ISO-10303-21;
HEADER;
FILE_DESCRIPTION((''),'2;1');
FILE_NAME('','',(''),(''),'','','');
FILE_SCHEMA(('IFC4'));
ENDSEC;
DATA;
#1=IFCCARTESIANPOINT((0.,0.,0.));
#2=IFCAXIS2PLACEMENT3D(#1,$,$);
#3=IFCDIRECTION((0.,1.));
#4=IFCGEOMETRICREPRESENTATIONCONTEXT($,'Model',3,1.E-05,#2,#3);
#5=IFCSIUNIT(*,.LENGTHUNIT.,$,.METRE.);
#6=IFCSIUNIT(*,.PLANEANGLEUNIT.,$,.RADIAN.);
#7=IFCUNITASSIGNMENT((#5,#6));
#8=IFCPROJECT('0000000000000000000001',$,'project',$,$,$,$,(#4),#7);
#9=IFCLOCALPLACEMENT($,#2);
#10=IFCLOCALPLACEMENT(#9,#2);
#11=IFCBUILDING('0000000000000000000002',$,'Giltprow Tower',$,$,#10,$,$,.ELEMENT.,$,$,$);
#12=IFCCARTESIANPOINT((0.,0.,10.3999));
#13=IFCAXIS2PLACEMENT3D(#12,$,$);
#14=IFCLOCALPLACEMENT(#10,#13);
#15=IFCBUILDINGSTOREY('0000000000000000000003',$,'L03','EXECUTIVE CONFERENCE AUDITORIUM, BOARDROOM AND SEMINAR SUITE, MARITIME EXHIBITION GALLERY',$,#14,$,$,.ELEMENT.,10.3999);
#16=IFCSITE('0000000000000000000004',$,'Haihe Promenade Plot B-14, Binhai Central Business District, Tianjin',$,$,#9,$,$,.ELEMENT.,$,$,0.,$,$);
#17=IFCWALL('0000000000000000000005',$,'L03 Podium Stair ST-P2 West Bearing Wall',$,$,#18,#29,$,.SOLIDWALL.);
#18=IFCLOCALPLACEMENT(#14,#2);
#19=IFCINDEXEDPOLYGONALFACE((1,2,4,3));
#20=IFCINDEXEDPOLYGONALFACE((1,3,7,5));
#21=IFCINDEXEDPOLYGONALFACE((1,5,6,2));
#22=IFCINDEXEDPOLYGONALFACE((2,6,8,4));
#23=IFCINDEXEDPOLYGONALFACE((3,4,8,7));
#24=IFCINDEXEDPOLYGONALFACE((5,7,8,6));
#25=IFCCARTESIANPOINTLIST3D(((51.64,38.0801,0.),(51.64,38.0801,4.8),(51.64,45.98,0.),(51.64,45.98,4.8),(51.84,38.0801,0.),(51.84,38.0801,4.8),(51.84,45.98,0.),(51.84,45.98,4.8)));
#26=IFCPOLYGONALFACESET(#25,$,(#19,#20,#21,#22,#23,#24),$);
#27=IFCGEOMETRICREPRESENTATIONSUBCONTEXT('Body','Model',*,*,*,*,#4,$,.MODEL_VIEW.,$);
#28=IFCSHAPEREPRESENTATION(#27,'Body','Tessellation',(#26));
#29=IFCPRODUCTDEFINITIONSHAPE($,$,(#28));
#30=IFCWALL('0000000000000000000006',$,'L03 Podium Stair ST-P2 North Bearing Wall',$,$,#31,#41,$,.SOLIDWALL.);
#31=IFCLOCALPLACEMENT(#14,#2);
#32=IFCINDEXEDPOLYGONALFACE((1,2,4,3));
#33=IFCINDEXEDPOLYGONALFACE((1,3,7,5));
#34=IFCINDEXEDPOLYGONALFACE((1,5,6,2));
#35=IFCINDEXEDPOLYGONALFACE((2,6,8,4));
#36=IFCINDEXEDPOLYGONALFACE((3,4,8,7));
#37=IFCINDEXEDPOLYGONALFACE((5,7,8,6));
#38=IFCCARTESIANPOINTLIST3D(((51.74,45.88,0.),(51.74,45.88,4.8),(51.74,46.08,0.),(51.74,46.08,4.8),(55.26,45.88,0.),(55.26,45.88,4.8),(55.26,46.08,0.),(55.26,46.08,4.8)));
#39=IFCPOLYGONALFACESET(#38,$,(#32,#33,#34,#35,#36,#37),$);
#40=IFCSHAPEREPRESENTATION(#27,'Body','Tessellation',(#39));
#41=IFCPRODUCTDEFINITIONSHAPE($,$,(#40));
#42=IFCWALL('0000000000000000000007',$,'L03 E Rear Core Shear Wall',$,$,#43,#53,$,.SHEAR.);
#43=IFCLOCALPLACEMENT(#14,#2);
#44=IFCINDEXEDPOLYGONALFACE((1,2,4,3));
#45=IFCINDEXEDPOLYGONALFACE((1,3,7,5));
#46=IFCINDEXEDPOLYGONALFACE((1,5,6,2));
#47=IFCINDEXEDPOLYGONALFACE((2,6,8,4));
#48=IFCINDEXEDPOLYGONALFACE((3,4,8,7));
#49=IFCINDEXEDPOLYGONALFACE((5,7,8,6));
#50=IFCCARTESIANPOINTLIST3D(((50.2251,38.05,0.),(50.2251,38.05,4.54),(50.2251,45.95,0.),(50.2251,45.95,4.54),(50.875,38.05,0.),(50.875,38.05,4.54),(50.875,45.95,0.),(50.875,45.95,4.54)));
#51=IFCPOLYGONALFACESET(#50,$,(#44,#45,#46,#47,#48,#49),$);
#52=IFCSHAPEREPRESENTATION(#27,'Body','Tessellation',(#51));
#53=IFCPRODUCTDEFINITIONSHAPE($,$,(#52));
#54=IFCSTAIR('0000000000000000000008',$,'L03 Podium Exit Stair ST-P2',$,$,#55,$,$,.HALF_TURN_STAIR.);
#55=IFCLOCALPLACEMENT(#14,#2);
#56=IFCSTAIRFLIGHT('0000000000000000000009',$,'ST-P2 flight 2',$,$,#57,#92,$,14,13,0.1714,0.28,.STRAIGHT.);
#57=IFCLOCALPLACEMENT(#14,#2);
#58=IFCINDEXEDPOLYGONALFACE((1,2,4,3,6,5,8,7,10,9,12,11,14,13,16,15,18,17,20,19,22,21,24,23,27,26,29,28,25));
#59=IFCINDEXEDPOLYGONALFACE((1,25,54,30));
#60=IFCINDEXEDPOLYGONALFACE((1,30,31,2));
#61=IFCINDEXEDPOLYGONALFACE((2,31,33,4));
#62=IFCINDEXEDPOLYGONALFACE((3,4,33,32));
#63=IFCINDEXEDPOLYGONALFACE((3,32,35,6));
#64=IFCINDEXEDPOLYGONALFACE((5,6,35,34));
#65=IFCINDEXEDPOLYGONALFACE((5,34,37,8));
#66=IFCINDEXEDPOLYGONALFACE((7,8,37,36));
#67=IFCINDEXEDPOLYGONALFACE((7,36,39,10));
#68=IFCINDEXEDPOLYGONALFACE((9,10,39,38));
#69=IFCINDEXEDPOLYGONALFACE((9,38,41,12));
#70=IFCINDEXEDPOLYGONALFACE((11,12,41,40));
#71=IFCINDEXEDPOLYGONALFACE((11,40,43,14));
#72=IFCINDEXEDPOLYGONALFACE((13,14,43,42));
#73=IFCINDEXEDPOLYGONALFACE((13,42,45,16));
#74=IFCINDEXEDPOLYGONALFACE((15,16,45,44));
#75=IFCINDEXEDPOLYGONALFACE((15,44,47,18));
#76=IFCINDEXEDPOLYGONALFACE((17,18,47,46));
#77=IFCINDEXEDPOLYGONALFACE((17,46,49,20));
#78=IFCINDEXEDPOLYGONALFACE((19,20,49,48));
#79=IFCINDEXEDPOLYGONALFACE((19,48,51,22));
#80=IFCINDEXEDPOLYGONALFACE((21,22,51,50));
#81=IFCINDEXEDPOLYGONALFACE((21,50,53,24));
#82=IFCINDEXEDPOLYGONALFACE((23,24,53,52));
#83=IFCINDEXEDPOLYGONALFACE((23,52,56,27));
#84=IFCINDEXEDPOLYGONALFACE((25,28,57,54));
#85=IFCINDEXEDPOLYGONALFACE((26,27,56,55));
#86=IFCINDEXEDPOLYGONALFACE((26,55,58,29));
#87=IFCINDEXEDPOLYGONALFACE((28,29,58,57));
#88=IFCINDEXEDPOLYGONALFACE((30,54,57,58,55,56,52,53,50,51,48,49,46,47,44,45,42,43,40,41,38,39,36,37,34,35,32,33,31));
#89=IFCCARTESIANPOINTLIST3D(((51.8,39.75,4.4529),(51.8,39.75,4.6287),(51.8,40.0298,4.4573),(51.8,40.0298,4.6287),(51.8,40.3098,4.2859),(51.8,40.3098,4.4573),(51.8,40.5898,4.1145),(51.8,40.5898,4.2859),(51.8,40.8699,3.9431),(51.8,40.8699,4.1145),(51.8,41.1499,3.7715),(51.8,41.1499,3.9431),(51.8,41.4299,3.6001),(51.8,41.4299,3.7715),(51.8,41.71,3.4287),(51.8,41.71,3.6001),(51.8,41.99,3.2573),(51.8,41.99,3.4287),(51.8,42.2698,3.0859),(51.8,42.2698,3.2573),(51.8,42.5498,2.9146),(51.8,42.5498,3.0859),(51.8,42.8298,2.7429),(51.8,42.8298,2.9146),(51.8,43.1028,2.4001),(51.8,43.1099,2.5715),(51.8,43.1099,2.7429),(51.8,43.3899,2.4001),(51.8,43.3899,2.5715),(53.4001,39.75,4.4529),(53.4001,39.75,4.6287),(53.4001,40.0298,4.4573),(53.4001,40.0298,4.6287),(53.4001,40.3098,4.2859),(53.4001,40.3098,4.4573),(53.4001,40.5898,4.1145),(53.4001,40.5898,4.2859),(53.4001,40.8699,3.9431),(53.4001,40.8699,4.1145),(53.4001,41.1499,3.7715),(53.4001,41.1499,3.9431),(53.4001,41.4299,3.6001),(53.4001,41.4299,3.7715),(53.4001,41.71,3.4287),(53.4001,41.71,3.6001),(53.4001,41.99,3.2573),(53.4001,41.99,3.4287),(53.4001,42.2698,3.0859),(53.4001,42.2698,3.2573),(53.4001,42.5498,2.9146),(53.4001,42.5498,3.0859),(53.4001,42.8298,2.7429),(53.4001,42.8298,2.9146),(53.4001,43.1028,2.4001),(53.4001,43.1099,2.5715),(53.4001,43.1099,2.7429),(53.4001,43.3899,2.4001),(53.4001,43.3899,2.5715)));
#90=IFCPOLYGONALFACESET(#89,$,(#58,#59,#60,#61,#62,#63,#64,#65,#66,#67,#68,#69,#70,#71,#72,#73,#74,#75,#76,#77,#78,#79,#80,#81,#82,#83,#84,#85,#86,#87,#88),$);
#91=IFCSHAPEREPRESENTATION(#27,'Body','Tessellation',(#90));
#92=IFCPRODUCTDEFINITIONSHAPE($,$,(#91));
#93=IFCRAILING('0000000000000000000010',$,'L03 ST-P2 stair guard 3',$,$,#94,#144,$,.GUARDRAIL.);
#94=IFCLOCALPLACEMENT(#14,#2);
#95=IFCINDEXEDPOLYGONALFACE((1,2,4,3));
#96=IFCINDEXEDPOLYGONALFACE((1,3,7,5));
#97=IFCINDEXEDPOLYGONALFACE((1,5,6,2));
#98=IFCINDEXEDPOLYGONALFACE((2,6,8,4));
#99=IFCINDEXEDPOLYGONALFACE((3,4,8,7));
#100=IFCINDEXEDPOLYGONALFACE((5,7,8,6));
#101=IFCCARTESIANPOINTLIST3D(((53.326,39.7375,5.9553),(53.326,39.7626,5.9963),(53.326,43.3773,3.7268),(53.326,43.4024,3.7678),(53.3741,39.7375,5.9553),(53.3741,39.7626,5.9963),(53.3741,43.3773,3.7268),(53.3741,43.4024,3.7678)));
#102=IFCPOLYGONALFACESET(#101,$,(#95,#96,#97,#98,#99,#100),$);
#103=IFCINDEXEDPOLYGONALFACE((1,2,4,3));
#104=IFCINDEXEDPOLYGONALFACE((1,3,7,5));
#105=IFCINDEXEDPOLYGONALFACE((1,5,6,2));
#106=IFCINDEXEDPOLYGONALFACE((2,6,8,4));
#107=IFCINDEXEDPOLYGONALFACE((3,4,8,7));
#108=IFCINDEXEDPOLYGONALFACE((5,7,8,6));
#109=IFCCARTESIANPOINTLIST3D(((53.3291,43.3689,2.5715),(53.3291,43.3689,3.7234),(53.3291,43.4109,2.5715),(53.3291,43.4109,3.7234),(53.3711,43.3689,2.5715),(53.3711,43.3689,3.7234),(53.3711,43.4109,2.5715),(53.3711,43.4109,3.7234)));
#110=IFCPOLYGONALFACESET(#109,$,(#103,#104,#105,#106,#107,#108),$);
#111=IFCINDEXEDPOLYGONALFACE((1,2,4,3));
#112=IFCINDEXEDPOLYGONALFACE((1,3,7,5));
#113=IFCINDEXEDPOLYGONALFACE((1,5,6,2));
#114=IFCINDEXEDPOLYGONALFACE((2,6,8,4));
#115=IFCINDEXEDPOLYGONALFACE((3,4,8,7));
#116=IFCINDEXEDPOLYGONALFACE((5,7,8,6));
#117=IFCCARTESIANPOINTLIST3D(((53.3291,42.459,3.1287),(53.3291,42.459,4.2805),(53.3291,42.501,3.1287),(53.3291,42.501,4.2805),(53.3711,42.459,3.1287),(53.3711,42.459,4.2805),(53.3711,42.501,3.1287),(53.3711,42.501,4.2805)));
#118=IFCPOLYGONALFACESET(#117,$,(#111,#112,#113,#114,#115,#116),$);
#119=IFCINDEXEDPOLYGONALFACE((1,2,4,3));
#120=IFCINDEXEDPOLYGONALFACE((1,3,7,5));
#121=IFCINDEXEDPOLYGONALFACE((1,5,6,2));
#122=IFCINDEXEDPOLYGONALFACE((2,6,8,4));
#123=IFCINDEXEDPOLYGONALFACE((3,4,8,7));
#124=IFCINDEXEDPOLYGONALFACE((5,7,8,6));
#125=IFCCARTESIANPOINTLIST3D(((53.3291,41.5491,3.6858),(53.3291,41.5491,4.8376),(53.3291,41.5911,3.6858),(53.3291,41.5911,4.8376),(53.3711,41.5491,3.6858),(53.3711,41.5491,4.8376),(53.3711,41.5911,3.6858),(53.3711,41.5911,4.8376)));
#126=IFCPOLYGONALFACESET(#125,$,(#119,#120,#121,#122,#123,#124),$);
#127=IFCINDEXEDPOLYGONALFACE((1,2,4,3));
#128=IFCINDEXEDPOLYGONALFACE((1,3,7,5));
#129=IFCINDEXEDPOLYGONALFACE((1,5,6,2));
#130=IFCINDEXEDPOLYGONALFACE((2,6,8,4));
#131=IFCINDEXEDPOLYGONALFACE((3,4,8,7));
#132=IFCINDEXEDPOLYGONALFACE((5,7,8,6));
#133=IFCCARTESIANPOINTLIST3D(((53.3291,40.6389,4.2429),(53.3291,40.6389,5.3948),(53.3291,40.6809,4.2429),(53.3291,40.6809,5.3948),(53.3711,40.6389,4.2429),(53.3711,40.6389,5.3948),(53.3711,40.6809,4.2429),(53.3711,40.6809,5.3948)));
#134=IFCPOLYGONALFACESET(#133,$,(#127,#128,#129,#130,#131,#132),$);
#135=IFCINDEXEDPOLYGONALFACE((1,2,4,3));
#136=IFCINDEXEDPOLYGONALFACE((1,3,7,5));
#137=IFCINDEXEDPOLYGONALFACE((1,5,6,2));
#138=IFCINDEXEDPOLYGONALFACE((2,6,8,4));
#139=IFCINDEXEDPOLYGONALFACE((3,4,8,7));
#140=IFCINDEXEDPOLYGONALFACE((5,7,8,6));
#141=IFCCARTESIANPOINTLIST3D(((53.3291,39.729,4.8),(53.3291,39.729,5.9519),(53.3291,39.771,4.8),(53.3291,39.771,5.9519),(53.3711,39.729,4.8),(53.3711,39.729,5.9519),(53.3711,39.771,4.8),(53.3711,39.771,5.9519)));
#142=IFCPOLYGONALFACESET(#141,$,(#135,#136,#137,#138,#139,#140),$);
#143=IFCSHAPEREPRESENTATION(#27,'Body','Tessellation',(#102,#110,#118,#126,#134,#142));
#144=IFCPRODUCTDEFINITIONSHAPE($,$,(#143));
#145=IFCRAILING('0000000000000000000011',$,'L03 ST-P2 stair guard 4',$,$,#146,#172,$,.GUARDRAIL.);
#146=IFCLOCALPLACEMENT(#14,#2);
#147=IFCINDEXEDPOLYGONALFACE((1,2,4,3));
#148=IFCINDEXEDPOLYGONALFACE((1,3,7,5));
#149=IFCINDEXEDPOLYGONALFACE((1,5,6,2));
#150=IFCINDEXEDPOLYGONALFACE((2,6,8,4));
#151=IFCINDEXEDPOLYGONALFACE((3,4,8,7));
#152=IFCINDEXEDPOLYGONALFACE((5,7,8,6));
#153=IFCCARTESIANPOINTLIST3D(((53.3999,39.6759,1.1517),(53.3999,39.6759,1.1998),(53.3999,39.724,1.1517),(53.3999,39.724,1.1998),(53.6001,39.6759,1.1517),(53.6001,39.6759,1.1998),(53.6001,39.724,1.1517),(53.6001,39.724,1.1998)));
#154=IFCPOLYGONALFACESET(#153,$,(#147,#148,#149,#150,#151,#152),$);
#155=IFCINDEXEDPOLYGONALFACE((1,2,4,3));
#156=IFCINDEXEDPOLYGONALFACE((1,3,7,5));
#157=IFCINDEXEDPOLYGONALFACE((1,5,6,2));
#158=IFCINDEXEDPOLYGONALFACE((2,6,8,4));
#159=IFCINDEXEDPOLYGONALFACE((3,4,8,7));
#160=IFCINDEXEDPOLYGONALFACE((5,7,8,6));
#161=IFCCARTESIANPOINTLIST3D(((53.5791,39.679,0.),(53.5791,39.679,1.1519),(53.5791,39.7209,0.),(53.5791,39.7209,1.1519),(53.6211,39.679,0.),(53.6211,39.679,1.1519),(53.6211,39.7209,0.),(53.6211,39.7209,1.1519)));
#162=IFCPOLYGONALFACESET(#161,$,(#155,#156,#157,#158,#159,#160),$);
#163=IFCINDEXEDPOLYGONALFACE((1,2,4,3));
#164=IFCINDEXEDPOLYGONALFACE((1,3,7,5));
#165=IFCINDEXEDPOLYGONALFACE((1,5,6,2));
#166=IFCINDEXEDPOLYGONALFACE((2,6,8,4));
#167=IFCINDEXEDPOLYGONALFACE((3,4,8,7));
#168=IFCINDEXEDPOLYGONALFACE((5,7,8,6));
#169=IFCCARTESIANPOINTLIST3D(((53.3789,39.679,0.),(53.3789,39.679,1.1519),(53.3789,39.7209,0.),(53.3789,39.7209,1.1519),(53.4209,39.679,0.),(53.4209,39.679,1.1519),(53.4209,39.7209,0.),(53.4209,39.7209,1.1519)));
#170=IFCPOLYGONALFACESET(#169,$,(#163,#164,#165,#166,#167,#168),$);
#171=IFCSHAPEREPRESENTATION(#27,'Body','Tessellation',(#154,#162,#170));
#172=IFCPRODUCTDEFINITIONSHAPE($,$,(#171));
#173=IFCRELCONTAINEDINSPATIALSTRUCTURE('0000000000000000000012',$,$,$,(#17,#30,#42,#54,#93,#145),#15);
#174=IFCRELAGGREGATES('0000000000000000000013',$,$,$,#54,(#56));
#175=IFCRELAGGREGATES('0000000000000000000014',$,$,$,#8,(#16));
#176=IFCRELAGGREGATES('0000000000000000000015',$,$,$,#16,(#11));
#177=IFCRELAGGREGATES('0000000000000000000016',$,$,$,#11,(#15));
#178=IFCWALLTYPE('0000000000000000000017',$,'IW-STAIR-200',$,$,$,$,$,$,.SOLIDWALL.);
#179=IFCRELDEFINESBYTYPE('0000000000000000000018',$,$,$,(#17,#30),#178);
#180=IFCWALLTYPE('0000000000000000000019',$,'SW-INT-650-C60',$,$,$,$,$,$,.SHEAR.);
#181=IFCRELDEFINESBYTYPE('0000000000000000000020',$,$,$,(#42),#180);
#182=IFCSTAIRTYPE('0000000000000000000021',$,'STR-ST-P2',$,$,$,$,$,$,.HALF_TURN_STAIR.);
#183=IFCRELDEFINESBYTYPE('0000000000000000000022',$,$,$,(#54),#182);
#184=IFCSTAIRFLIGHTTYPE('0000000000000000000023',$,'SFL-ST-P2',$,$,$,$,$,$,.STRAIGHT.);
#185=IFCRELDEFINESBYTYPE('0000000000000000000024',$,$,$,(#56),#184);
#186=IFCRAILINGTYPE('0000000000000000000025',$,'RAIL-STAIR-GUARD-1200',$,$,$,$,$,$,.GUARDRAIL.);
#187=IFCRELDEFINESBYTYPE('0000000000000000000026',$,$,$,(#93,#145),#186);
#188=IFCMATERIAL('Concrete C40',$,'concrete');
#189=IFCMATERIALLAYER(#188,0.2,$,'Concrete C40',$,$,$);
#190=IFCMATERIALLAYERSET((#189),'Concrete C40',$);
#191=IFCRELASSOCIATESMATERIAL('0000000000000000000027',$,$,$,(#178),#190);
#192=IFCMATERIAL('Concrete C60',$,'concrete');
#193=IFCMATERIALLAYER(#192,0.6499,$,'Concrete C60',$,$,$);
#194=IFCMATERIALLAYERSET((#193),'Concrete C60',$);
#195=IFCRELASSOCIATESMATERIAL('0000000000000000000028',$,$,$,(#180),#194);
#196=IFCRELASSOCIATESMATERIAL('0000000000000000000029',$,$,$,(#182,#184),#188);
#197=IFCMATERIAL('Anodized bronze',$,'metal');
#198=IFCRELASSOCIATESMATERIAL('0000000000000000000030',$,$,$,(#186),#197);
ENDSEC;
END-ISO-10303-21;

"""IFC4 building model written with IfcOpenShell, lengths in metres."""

from ifc_helpers import new_model, si_unit, direction, frame, frame_2d, origin, origin_2d, place, context, subcontext, project, spatial, polyline, rectangle, outline, extrude, material, layer, layer_set, type_object, element, aggregate, save


model = new_model("IFC4")

# Units and contexts
model_context = context("Model", 3, precision=1e-05, world=origin(), true_north=direction((0.0, 1.0)))
body_context = subcontext(model_context, "Body", "Model", "MODEL_VIEW")
ifc_project = project(units=[si_unit("LENGTHUNIT", "METRE"), si_unit("PLANEANGLEUNIT", "RADIAN")], contexts=[model_context])

# Site, building, storey
site_placement = place(None, origin())
site = spatial("IfcSite", under=ifc_project, at=site_placement, Name="Haihe Promenade Plot B-14, Binhai Central Business District, Tianjin", CompositionType="ELEMENT", RefElevation=0.0)
building_placement = place(site_placement, origin())
building = spatial("IfcBuilding", under=site, at=building_placement, Name="Giltprow Tower", CompositionType="ELEMENT")
storey_placement = place(building_placement, frame((0.0, 0.0, 10.3999)))
storey = spatial("IfcBuildingStorey", under=building, at=storey_placement, Name="L03", Description="EXECUTIVE CONFERENCE AUDITORIUM, BOARDROOM AND SEMINAR SUITE, MARITIME EXHIBITION GALLERY", CompositionType="ELEMENT", Elevation=10.3999)

# Shared definitions
ifc_material_1 = material(Name="Concrete C60", Category="concrete")

# Shared definitions
ifc_material_2 = material(Name="Concrete C40", Category="concrete")

# Walls
ifc_layer_1 = layer(ifc_material_2, 0.2, Name="Concrete C40")
ifc_layer_set_1 = layer_set([ifc_layer_1], Name="Concrete C40")
wall_type_1 = type_object("IfcWallType", Name="IW-STAIR-200", PredefinedType="SOLIDWALL", material=ifc_layer_set_1)
wall_1_placement = place(storey_placement, frame((51.74, 38.0801, 0.0), z_axis=(0.0, 0.0, 1.0), x_axis=(0.0, 1.0, 0.0)))
element("IfcWall", 1, at=wall_1_placement, inside=storey, type_object=wall_type_1, Name="L03 Podium Stair ST-P2 West Bearing Wall", PredefinedType="SOLIDWALL", context=body_context, shape_type="SweptSolid", body=[
    extrude(rectangle(XDim=7.8999, YDim=0.2, at=frame_2d((3.95, 0.0))), origin(), (0.0, 0.0, 1.0), 4.8),
])
wall_2_placement = place(storey_placement, frame((51.74, 45.98, 0.0), z_axis=(0.0, 0.0, 1.0), x_axis=(1.0, 0.0, 0.0)))
element("IfcWall", 2, at=wall_2_placement, inside=storey, type_object=wall_type_1, Name="L03 Podium Stair ST-P2 North Bearing Wall", PredefinedType="SOLIDWALL", context=body_context, shape_type="SweptSolid", body=[
    extrude(rectangle(XDim=3.52, YDim=0.2, at=frame_2d((1.76, 0.0))), origin(), (0.0, 0.0, 1.0), 4.8),
])

# Wall
ifc_layer_2 = layer(ifc_material_1, 0.6499, Name="Concrete C60")
ifc_layer_set_2 = layer_set([ifc_layer_2], Name="Concrete C60")
wall_type_2 = type_object("IfcWallType", Name="SW-INT-650-C60", PredefinedType="SHEAR", material=ifc_layer_set_2)
wall_3_placement = place(storey_placement, frame((50.55, 38.05, 0.0), z_axis=(0.0, 0.0, 1.0), x_axis=(0.0, 1.0, 0.0)))
element("IfcWall", 3, at=wall_3_placement, inside=storey, type_object=wall_type_2, Name="L03 E Rear Core Shear Wall", PredefinedType="SHEAR", context=body_context, shape_type="SweptSolid", body=[
    extrude(rectangle(XDim=7.8999, YDim=0.6499, at=frame_2d((3.95, 0.0))), origin(), (0.0, 0.0, 1.0), 4.54),
])

# Stair, stair flight
stair_type = type_object("IfcStairType", Name="STR-ST-P2", PredefinedType="HALF_TURN_STAIR", material=ifc_material_2)
stair_placement = place(storey_placement, origin())
stair = element("IfcStair", 4, at=stair_placement, inside=storey, type_object=stair_type, Name="L03 Podium Exit Stair ST-P2", PredefinedType="HALF_TURN_STAIR")
stair_flight_type = type_object("IfcStairFlightType", Name="SFL-ST-P2", PredefinedType="STRAIGHT", material=ifc_material_2)
stair_flight_placement = place(storey_placement, frame((52.6001, 43.3899, 2.4001), z_axis=(0.0, 0.0, 1.0), x_axis=(0.0, -1.0, 0.0)))
stair_flight = element("IfcStairFlight", 5, at=stair_flight_placement, type_object=stair_flight_type, Name="ST-P2 flight 2", NumberOfRisers=14, NumberOfTreads=13, PredefinedType="STRAIGHT", RiserHeight=0.1714, TreadLength=0.28, context=body_context, shape_type="SweptSolid", body=[
    extrude(outline(polyline([(0.0, 0.0), (0.0, 0.1714), (0.28, 0.1714), (0.28, 0.3428), (0.5601, 0.3428), (0.5601, 0.5144), (0.8401, 0.5144), (0.8401, 0.6858), (1.1201, 0.6858), (1.1201, 0.8572), (1.3999, 0.8572), (1.3999, 1.0286), (1.6799, 1.0286), (1.6799, 1.2), (1.96, 1.2), (1.96, 1.3713), (2.24, 1.3713), (2.24, 1.543), (2.52, 1.543), (2.52, 1.7144), (2.8, 1.7144), (2.8, 1.8857), (3.0801, 1.8857), (3.0801, 2.0571), (3.3601, 2.0571), (3.3601, 2.2285), (3.6399, 2.2285), (3.6399, 2.3999), (3.6399, 2.0527), (0.2871, 0.0), (0.0, 0.0)])), frame((0.0, 0.8, 0.0), z_axis=(0.0, -1.0, 0.0), x_axis=(1.0, 0.0, 0.0)), (0.0, 0.0, 1.0), 1.6001),
])
aggregate(stair, [stair_flight])

# Railings
ifc_material_3 = material(Name="Anodized bronze", Category="metal")
railing_type_1 = type_object("IfcRailingType", Name="RAIL-STAIR-GUARD-1200", PredefinedType="GUARDRAIL", material=ifc_material_3)
railing_1_placement = place(storey_placement, frame((53.3501, 43.3899, 2.5715)))
element("IfcRailing", 6, at=railing_1_placement, inside=storey, type_object=railing_type_1, Name="L03 ST-P2 stair guard 3", PredefinedType="GUARDRAIL", context=body_context, shape_type="SweptSolid", body=[
    extrude(rectangle(XDim=0.0481, YDim=0.0481, at=origin_2d()), frame((0.0, 0.0, 1.1758), z_axis=(0.0, -0.85285, 0.522156), x_axis=(1.0, 0.0, 0.0)), (0.0, 0.0, 1.0), 4.2678),
    extrude(rectangle(XDim=0.042, YDim=0.042, at=origin_2d()), origin(), (0.0, 0.0, 1.0), 1.1519),
    extrude(rectangle(XDim=0.042, YDim=0.042, at=origin_2d()), frame((0.0, -0.9099, 0.5571)), (0.0, 0.0, 1.0), 1.1519),
    extrude(rectangle(XDim=0.042, YDim=0.042, at=origin_2d()), frame((0.0, -1.8198, 1.1143)), (0.0, 0.0, 1.0), 1.1519),
    extrude(rectangle(XDim=0.042, YDim=0.042, at=origin_2d()), frame((0.0, -2.73, 1.6714)), (0.0, 0.0, 1.0), 1.1519),
    extrude(rectangle(XDim=0.042, YDim=0.042, at=origin_2d()), frame((0.0, -3.6399, 2.2285)), (0.0, 0.0, 1.0), 1.1519),
])
railing_2_placement = place(storey_placement, frame((53.6001, 39.7, 0.0)))
element("IfcRailing", 7, at=railing_2_placement, inside=storey, type_object=railing_type_1, Name="L03 ST-P2 stair guard 4", PredefinedType="GUARDRAIL", context=body_context, shape_type="SweptSolid", body=[
    extrude(rectangle(XDim=0.0481, YDim=0.0481, at=origin_2d()), frame((0.0, 0.0, 1.1758), z_axis=(-1.0, 0.0, 0.0), x_axis=(0.0, -1.0, 0.0)), (0.0, 0.0, 1.0), 0.2002),
    extrude(rectangle(XDim=0.042, YDim=0.042, at=origin_2d()), origin(), (0.0, 0.0, 1.0), 1.1519),
    extrude(rectangle(XDim=0.042, YDim=0.042, at=origin_2d()), frame((-0.2002, 0.0, 0.0)), (0.0, 0.0, 1.0), 1.1519),
])

save(model, "model.ifc")
